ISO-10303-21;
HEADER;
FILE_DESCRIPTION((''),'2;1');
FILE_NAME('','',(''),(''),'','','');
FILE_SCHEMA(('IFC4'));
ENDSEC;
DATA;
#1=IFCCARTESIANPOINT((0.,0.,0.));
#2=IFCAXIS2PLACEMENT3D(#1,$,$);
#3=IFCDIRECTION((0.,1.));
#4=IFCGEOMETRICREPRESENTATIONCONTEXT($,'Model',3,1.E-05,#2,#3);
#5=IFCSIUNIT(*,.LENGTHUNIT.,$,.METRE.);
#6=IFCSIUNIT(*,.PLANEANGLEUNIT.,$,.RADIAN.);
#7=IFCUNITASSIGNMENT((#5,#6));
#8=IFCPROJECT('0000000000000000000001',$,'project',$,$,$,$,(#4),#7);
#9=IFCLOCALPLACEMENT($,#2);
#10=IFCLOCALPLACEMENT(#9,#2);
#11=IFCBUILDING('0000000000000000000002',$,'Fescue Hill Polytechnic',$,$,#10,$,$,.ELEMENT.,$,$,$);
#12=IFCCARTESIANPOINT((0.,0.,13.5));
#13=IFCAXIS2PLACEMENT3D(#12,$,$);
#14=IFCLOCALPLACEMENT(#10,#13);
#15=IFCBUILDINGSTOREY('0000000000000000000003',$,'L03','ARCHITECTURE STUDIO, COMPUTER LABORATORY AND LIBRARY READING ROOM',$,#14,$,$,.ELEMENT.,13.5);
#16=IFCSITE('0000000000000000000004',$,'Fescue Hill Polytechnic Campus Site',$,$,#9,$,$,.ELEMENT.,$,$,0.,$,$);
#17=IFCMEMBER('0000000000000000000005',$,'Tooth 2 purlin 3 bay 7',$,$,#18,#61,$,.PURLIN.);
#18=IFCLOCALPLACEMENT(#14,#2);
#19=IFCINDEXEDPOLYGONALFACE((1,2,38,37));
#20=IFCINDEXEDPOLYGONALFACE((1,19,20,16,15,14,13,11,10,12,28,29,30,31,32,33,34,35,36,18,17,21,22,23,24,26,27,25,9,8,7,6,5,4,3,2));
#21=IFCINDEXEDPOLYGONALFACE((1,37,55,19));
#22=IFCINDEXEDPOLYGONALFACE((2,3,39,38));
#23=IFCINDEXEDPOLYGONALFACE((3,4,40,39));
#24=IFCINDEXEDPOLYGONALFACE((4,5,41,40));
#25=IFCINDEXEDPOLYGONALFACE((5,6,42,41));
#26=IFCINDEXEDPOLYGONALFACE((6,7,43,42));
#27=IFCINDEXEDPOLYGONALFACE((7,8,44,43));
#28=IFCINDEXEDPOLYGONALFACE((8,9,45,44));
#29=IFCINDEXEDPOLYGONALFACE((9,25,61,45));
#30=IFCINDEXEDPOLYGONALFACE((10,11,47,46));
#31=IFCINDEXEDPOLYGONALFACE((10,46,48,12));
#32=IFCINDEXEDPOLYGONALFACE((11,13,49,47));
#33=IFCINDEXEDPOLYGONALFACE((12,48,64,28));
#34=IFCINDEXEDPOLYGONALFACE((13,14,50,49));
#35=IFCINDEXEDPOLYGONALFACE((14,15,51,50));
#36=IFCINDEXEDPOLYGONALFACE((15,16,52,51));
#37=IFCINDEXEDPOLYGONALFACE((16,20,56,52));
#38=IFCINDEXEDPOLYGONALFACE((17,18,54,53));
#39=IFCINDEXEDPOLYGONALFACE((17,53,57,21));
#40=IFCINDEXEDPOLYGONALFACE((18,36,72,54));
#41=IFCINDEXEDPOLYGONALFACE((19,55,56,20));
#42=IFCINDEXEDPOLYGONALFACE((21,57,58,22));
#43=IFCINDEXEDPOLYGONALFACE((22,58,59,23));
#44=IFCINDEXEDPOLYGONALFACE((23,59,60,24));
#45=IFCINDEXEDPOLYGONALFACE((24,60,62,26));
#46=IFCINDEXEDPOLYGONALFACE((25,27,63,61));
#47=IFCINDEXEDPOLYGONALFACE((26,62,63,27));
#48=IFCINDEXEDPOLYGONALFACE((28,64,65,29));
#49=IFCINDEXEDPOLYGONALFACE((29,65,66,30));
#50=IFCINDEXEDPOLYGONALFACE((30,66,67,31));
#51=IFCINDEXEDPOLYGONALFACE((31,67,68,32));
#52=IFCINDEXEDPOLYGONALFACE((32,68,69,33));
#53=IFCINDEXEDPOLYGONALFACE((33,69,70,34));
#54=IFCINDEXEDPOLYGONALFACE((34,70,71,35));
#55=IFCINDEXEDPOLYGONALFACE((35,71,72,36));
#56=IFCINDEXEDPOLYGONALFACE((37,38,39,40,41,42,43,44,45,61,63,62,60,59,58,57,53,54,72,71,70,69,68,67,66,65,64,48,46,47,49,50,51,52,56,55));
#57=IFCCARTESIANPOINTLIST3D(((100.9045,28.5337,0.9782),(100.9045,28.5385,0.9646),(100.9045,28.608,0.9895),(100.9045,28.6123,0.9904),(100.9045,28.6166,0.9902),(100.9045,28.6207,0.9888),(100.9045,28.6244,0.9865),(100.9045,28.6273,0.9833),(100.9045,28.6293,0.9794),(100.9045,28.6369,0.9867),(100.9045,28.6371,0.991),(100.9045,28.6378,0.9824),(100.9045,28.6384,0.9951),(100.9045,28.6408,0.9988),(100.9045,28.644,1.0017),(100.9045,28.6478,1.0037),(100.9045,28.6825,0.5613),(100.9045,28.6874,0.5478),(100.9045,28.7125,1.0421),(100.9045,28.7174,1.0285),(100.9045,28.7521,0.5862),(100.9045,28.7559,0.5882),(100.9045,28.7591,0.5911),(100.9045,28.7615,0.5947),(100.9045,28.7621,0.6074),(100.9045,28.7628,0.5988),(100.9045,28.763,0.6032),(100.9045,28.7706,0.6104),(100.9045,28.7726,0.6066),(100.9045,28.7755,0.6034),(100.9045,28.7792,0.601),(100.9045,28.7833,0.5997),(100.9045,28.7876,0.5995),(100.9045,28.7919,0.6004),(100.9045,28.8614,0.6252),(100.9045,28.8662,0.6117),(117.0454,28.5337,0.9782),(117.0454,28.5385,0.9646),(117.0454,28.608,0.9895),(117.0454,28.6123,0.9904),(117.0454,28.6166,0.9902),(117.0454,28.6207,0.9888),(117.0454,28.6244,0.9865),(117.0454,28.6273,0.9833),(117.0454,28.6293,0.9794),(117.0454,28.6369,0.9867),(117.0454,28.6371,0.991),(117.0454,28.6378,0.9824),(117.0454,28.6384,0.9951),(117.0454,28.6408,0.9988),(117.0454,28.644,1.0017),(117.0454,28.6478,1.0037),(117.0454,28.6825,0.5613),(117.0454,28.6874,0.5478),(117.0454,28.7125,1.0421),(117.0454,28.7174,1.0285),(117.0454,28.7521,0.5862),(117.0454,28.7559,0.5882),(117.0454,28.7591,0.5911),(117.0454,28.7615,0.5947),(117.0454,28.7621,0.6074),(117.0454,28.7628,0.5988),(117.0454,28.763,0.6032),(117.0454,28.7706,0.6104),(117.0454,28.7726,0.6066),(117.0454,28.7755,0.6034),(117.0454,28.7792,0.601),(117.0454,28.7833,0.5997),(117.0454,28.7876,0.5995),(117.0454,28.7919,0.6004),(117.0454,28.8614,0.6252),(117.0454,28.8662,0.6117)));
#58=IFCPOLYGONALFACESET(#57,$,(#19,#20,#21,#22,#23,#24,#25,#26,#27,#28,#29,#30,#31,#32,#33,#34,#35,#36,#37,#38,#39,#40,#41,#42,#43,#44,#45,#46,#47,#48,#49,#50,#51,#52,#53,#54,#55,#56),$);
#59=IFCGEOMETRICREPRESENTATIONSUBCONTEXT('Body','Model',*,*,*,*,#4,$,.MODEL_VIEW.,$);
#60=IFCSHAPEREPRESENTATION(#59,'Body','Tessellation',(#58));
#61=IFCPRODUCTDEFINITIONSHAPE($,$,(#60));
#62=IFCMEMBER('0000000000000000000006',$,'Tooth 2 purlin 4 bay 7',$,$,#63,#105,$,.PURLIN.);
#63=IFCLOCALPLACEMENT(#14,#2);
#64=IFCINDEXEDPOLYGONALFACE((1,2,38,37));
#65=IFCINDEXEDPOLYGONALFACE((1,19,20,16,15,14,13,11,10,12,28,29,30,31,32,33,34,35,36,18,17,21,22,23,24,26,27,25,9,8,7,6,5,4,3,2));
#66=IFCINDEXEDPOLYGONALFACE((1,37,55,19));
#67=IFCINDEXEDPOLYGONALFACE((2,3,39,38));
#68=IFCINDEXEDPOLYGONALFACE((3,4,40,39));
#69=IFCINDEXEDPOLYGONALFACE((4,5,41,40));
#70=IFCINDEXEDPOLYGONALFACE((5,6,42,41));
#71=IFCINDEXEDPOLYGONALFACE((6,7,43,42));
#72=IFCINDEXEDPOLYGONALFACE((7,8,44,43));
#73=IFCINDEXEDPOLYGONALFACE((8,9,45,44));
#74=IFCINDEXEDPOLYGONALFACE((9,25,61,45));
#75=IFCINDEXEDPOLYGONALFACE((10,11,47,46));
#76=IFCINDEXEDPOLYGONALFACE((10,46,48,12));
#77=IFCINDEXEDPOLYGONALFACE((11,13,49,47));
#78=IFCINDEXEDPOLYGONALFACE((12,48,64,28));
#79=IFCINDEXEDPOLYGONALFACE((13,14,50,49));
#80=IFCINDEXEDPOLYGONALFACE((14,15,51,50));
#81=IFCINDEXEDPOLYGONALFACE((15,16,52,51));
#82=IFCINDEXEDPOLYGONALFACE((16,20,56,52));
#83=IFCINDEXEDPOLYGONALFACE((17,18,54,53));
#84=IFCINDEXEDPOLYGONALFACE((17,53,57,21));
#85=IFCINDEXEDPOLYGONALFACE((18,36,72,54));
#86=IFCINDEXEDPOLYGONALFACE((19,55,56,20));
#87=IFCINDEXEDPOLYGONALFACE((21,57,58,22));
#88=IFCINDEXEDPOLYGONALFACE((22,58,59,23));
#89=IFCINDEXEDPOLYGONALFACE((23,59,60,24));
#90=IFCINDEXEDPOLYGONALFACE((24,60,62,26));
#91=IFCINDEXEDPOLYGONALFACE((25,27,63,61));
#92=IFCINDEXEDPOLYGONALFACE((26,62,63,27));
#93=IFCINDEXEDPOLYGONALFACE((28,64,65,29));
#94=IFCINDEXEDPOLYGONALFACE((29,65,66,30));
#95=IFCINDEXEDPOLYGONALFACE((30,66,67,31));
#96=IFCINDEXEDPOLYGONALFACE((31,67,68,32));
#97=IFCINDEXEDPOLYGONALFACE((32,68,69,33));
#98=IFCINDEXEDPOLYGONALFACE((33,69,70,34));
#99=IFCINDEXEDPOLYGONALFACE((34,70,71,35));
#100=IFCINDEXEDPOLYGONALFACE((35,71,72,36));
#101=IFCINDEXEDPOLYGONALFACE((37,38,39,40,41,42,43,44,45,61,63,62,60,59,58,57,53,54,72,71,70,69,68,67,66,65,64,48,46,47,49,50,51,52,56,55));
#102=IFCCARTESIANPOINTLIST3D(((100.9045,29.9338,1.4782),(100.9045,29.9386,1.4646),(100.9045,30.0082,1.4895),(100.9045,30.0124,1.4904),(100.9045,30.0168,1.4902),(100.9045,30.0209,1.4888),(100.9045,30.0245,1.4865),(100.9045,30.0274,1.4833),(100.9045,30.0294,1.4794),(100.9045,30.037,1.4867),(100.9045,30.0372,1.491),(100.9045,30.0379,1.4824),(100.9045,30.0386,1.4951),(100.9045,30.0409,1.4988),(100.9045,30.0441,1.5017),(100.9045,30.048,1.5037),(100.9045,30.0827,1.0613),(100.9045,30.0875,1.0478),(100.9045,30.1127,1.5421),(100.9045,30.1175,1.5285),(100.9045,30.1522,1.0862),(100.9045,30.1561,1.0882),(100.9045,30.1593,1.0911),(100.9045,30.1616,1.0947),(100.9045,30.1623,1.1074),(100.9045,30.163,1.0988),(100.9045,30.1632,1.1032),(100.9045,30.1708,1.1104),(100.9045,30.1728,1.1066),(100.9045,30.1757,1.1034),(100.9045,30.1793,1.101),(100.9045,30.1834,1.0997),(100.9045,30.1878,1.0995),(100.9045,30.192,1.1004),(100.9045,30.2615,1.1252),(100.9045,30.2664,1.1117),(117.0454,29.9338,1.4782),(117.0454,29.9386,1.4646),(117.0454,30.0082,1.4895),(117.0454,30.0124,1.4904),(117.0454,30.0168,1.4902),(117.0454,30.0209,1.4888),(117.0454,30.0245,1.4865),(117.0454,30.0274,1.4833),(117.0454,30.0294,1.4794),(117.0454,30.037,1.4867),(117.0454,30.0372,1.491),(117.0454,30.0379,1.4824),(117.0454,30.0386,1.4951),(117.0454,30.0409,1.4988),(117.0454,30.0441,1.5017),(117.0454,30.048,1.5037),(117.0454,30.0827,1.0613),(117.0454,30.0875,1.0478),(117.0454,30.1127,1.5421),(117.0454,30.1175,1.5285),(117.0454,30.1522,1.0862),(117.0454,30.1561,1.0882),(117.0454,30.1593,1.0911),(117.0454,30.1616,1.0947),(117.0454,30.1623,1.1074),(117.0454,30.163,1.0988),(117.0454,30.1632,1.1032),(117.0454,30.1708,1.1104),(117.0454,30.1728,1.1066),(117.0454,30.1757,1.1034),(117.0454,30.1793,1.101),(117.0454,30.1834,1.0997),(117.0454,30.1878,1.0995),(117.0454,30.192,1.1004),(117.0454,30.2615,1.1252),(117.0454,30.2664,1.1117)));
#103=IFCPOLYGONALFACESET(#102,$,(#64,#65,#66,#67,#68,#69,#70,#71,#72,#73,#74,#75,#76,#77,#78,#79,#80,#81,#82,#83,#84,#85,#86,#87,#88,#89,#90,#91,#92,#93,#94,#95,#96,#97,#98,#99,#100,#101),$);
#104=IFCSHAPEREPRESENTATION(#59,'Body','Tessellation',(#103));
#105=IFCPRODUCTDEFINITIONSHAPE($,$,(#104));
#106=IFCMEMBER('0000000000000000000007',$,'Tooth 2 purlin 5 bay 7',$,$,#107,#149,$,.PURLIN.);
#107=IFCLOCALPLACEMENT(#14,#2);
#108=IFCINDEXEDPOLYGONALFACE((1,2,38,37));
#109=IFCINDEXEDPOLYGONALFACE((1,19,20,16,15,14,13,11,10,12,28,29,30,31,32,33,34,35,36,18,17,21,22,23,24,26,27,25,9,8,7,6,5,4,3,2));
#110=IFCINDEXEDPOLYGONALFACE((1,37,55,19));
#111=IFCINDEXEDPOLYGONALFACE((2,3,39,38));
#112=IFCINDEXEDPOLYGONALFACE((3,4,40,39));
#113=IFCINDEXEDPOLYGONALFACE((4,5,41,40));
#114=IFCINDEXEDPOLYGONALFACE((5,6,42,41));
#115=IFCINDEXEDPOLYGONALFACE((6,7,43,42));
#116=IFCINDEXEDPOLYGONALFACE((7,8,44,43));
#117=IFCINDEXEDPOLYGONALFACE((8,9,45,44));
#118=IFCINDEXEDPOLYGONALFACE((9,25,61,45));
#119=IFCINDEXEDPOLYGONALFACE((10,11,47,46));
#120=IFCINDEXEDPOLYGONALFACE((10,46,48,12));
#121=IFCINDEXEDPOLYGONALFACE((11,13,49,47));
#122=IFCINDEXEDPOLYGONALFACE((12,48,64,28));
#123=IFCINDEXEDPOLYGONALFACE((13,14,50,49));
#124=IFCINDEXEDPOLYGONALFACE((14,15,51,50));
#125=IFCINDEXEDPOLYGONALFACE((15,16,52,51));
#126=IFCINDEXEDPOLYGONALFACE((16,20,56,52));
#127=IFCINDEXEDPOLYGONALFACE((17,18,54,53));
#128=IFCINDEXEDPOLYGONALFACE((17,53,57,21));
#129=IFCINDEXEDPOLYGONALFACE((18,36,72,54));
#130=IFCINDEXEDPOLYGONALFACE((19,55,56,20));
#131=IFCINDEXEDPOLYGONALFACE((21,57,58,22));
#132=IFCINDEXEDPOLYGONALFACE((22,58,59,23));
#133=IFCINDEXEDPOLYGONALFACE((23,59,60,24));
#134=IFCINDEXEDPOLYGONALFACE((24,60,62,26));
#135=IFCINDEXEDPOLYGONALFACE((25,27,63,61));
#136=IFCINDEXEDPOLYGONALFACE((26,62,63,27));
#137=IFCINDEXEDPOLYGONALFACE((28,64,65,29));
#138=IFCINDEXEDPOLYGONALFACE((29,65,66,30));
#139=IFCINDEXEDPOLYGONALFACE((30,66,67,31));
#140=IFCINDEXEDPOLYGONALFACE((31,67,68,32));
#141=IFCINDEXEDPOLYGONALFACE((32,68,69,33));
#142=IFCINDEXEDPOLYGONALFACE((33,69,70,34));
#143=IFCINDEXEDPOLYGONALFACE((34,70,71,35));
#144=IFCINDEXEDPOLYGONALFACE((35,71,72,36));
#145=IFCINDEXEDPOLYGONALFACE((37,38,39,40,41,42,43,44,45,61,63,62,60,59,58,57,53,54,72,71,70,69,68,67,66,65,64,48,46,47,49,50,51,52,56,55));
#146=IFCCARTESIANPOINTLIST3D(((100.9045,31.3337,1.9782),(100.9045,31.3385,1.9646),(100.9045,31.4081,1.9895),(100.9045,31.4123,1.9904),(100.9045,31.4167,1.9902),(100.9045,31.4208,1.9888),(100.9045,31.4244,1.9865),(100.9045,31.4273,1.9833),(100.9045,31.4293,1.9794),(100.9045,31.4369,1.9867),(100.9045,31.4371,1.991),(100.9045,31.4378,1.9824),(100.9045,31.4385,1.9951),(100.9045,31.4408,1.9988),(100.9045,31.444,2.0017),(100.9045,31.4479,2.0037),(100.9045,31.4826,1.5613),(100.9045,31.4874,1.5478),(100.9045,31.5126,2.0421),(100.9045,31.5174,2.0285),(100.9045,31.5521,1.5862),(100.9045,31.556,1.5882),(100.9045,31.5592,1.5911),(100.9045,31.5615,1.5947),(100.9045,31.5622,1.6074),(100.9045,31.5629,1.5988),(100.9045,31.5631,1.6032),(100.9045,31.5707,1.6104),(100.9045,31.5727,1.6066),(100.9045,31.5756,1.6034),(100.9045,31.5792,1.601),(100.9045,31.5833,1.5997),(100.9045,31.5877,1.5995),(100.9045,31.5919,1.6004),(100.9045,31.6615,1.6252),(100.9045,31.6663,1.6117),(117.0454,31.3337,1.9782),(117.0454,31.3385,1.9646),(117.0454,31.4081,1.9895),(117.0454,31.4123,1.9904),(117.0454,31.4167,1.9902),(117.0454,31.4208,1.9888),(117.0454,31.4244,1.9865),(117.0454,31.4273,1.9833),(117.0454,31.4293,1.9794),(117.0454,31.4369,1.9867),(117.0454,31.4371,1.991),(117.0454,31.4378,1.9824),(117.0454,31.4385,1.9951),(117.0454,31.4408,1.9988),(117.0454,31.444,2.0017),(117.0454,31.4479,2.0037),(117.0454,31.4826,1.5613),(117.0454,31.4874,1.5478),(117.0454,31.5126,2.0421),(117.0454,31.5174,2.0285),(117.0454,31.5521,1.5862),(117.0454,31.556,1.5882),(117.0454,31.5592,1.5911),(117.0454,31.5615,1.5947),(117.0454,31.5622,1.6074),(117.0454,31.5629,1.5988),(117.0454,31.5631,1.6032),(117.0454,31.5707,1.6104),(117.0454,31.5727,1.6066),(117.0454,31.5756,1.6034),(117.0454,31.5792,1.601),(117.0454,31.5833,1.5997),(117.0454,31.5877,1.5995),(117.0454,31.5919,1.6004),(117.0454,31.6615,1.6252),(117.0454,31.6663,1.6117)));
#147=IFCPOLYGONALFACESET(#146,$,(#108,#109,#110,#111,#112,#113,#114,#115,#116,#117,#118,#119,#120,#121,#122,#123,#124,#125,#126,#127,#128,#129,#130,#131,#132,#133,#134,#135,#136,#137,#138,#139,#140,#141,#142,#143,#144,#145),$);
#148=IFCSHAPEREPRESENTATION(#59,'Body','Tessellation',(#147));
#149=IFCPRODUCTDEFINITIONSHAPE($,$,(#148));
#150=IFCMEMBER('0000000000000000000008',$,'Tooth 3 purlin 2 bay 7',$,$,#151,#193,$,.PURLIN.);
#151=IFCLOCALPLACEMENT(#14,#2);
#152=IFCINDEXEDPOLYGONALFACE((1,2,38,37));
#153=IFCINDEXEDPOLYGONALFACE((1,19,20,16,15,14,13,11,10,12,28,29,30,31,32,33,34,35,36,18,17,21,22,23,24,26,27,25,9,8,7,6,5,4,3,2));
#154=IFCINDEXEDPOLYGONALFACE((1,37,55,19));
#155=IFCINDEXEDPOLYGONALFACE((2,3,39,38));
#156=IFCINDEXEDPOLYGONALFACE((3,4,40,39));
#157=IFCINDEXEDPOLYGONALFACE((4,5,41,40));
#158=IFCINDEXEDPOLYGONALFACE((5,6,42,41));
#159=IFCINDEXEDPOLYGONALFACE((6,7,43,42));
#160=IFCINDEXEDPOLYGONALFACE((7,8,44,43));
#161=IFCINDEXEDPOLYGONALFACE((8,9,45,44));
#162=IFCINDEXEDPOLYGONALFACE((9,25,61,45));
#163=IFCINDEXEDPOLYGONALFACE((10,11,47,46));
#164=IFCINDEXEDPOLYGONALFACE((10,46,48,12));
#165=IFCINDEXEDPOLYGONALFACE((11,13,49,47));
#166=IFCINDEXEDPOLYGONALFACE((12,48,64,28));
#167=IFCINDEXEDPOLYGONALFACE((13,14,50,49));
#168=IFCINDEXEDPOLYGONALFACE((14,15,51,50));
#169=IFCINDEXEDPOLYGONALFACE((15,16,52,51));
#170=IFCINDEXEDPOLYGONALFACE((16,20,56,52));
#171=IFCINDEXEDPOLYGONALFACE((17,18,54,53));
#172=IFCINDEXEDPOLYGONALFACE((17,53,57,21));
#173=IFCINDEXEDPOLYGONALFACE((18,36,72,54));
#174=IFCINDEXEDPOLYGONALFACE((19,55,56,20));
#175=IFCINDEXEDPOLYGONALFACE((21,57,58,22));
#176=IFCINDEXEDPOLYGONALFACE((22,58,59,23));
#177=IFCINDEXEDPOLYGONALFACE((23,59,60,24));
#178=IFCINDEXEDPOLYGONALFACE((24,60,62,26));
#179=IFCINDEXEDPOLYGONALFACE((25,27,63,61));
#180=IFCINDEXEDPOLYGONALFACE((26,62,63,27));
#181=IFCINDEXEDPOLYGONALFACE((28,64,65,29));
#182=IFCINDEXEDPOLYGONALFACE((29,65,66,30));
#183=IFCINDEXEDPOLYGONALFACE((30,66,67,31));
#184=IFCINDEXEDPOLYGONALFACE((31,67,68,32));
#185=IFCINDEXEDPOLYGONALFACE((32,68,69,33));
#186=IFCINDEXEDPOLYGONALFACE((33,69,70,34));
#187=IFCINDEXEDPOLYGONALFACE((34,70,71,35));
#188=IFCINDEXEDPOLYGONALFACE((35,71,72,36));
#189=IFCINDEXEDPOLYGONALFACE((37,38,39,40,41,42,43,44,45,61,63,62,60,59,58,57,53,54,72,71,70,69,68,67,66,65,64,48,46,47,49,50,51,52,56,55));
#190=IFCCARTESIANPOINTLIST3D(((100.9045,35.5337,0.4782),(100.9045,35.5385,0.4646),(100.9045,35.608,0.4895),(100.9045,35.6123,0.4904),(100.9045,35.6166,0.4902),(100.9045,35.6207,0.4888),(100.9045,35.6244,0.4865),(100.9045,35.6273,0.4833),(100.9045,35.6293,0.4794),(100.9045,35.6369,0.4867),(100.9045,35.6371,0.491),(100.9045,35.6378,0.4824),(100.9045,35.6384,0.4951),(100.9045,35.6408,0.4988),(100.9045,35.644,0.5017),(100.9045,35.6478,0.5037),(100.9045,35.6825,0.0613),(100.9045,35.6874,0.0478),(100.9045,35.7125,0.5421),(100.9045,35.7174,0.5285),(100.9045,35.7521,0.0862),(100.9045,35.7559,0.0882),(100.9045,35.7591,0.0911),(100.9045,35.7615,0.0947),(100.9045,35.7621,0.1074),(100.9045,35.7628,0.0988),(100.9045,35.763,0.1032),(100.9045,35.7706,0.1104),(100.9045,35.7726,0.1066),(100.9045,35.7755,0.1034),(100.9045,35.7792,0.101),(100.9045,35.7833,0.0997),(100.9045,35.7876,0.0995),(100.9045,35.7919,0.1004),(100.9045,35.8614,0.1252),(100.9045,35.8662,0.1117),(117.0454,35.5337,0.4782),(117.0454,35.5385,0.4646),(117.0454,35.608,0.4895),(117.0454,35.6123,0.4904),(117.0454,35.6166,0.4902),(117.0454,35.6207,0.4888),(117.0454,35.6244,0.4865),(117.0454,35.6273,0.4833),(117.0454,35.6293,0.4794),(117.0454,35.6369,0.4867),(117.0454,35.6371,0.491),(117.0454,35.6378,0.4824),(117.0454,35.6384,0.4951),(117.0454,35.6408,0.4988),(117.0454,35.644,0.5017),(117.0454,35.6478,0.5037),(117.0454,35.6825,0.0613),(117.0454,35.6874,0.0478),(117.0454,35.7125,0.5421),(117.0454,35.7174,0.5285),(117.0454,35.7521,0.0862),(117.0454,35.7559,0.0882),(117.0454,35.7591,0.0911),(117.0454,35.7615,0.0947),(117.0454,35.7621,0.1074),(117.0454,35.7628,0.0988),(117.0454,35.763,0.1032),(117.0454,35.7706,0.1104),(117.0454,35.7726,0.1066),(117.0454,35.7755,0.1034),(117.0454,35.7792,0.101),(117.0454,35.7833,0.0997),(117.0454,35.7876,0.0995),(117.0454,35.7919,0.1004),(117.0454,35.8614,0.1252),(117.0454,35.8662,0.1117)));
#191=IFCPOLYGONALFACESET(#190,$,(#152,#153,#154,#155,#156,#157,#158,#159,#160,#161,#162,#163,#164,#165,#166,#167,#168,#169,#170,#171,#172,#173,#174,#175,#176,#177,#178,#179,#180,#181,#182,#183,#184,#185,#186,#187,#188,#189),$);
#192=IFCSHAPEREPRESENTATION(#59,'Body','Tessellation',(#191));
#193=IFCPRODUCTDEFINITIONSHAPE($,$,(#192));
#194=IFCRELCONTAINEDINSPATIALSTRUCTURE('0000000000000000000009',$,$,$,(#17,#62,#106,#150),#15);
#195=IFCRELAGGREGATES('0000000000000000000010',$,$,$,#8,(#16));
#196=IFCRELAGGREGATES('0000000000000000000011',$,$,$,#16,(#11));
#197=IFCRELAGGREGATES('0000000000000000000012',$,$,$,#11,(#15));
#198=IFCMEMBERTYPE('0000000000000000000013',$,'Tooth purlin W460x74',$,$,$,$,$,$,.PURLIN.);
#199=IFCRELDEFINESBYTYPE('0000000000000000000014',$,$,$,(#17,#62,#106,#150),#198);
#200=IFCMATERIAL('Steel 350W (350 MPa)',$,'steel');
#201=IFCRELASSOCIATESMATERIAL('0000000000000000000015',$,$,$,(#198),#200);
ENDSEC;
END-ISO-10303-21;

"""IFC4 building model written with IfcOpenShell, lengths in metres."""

from ifc_helpers import new_model, si_unit, direction, frame, origin, origin_2d, place, context, subcontext, project, spatial, i_section, extrude, material, material_profile, profile_set, type_object, element, save


model = new_model("IFC4")

# Units and contexts
model_context = context("Model", 3, precision=1e-05, world=origin(), true_north=direction((0.0, 1.0)))
body_context = subcontext(model_context, "Body", "Model", "MODEL_VIEW")
ifc_project = project(units=[si_unit("LENGTHUNIT", "METRE"), si_unit("PLANEANGLEUNIT", "RADIAN")], contexts=[model_context])

# Site, building, storey
site_placement = place(None, origin())
site = spatial("IfcSite", under=ifc_project, at=site_placement, Name="Fescue Hill Polytechnic Campus Site", CompositionType="ELEMENT", RefElevation=0.0)
building_placement = place(site_placement, origin())
building = spatial("IfcBuilding", under=site, at=building_placement, Name="Fescue Hill Polytechnic", CompositionType="ELEMENT")
storey_placement = place(building_placement, frame((0.0, 0.0, 13.5)))
storey = spatial("IfcBuildingStorey", under=building, at=storey_placement, Name="L03", Description="ARCHITECTURE STUDIO, COMPUTER LABORATORY AND LIBRARY READING ROOM", CompositionType="ELEMENT", Elevation=13.5)

# Members
ifc_material_1 = material(Name="Steel 350W (350 MPa)", Category="steel")
ifc_material_profile_1 = material_profile(ifc_material_1, i_section(OverallWidth=0.1899, OverallDepth=0.457, WebThickness=0.009, FlangeThickness=0.0144, FilletRadius=0.0166, at=origin_2d()), Name="W460x74")
ifc_profile_set_1 = profile_set([ifc_material_profile_1], Name="Steel 350W (350 MPa)")
member_type_1 = type_object("IfcMemberType", Name="Tooth purlin W460x74", PredefinedType="PURLIN", material=ifc_profile_set_1)
for number, where, z_axis, x_axis, name in (
    (1, (100.9045, 28.7, 0.7949), (1.0, 0.0, 0.0), (0.0, 0.941742, 0.336336), "Tooth 2 purlin 3 bay 7"),
    (2, (100.9045, 30.1001, 1.2949), (1.0, 0.0, 0.0), (0.0, 0.941742, 0.336336), "Tooth 2 purlin 4 bay 7"),
    (3, (100.9045, 31.5, 1.7949), (1.0, 0.0, 0.0), (0.0, 0.941742, 0.336336), "Tooth 2 purlin 5 bay 7"),
    (4, (100.9045, 35.7, 0.2949), (1.0, 0.0, 0.0), (0.0, 0.941742, 0.336336), "Tooth 3 purlin 2 bay 7"),
):
    element("IfcMember", number, at=place(storey_placement, frame(where, z_axis=z_axis, x_axis=x_axis)), inside=storey, type_object=member_type_1, Name=name, PredefinedType="PURLIN", context=body_context, shape_type="SweptSolid", body=[
        extrude(i_section(OverallWidth=0.1899, OverallDepth=0.457, WebThickness=0.009, FlangeThickness=0.0144, FilletRadius=0.0166, at=origin_2d()), origin(), (0.0, 0.0, 1.0), 16.1409),
    ])

save(model, "model.ifc")
